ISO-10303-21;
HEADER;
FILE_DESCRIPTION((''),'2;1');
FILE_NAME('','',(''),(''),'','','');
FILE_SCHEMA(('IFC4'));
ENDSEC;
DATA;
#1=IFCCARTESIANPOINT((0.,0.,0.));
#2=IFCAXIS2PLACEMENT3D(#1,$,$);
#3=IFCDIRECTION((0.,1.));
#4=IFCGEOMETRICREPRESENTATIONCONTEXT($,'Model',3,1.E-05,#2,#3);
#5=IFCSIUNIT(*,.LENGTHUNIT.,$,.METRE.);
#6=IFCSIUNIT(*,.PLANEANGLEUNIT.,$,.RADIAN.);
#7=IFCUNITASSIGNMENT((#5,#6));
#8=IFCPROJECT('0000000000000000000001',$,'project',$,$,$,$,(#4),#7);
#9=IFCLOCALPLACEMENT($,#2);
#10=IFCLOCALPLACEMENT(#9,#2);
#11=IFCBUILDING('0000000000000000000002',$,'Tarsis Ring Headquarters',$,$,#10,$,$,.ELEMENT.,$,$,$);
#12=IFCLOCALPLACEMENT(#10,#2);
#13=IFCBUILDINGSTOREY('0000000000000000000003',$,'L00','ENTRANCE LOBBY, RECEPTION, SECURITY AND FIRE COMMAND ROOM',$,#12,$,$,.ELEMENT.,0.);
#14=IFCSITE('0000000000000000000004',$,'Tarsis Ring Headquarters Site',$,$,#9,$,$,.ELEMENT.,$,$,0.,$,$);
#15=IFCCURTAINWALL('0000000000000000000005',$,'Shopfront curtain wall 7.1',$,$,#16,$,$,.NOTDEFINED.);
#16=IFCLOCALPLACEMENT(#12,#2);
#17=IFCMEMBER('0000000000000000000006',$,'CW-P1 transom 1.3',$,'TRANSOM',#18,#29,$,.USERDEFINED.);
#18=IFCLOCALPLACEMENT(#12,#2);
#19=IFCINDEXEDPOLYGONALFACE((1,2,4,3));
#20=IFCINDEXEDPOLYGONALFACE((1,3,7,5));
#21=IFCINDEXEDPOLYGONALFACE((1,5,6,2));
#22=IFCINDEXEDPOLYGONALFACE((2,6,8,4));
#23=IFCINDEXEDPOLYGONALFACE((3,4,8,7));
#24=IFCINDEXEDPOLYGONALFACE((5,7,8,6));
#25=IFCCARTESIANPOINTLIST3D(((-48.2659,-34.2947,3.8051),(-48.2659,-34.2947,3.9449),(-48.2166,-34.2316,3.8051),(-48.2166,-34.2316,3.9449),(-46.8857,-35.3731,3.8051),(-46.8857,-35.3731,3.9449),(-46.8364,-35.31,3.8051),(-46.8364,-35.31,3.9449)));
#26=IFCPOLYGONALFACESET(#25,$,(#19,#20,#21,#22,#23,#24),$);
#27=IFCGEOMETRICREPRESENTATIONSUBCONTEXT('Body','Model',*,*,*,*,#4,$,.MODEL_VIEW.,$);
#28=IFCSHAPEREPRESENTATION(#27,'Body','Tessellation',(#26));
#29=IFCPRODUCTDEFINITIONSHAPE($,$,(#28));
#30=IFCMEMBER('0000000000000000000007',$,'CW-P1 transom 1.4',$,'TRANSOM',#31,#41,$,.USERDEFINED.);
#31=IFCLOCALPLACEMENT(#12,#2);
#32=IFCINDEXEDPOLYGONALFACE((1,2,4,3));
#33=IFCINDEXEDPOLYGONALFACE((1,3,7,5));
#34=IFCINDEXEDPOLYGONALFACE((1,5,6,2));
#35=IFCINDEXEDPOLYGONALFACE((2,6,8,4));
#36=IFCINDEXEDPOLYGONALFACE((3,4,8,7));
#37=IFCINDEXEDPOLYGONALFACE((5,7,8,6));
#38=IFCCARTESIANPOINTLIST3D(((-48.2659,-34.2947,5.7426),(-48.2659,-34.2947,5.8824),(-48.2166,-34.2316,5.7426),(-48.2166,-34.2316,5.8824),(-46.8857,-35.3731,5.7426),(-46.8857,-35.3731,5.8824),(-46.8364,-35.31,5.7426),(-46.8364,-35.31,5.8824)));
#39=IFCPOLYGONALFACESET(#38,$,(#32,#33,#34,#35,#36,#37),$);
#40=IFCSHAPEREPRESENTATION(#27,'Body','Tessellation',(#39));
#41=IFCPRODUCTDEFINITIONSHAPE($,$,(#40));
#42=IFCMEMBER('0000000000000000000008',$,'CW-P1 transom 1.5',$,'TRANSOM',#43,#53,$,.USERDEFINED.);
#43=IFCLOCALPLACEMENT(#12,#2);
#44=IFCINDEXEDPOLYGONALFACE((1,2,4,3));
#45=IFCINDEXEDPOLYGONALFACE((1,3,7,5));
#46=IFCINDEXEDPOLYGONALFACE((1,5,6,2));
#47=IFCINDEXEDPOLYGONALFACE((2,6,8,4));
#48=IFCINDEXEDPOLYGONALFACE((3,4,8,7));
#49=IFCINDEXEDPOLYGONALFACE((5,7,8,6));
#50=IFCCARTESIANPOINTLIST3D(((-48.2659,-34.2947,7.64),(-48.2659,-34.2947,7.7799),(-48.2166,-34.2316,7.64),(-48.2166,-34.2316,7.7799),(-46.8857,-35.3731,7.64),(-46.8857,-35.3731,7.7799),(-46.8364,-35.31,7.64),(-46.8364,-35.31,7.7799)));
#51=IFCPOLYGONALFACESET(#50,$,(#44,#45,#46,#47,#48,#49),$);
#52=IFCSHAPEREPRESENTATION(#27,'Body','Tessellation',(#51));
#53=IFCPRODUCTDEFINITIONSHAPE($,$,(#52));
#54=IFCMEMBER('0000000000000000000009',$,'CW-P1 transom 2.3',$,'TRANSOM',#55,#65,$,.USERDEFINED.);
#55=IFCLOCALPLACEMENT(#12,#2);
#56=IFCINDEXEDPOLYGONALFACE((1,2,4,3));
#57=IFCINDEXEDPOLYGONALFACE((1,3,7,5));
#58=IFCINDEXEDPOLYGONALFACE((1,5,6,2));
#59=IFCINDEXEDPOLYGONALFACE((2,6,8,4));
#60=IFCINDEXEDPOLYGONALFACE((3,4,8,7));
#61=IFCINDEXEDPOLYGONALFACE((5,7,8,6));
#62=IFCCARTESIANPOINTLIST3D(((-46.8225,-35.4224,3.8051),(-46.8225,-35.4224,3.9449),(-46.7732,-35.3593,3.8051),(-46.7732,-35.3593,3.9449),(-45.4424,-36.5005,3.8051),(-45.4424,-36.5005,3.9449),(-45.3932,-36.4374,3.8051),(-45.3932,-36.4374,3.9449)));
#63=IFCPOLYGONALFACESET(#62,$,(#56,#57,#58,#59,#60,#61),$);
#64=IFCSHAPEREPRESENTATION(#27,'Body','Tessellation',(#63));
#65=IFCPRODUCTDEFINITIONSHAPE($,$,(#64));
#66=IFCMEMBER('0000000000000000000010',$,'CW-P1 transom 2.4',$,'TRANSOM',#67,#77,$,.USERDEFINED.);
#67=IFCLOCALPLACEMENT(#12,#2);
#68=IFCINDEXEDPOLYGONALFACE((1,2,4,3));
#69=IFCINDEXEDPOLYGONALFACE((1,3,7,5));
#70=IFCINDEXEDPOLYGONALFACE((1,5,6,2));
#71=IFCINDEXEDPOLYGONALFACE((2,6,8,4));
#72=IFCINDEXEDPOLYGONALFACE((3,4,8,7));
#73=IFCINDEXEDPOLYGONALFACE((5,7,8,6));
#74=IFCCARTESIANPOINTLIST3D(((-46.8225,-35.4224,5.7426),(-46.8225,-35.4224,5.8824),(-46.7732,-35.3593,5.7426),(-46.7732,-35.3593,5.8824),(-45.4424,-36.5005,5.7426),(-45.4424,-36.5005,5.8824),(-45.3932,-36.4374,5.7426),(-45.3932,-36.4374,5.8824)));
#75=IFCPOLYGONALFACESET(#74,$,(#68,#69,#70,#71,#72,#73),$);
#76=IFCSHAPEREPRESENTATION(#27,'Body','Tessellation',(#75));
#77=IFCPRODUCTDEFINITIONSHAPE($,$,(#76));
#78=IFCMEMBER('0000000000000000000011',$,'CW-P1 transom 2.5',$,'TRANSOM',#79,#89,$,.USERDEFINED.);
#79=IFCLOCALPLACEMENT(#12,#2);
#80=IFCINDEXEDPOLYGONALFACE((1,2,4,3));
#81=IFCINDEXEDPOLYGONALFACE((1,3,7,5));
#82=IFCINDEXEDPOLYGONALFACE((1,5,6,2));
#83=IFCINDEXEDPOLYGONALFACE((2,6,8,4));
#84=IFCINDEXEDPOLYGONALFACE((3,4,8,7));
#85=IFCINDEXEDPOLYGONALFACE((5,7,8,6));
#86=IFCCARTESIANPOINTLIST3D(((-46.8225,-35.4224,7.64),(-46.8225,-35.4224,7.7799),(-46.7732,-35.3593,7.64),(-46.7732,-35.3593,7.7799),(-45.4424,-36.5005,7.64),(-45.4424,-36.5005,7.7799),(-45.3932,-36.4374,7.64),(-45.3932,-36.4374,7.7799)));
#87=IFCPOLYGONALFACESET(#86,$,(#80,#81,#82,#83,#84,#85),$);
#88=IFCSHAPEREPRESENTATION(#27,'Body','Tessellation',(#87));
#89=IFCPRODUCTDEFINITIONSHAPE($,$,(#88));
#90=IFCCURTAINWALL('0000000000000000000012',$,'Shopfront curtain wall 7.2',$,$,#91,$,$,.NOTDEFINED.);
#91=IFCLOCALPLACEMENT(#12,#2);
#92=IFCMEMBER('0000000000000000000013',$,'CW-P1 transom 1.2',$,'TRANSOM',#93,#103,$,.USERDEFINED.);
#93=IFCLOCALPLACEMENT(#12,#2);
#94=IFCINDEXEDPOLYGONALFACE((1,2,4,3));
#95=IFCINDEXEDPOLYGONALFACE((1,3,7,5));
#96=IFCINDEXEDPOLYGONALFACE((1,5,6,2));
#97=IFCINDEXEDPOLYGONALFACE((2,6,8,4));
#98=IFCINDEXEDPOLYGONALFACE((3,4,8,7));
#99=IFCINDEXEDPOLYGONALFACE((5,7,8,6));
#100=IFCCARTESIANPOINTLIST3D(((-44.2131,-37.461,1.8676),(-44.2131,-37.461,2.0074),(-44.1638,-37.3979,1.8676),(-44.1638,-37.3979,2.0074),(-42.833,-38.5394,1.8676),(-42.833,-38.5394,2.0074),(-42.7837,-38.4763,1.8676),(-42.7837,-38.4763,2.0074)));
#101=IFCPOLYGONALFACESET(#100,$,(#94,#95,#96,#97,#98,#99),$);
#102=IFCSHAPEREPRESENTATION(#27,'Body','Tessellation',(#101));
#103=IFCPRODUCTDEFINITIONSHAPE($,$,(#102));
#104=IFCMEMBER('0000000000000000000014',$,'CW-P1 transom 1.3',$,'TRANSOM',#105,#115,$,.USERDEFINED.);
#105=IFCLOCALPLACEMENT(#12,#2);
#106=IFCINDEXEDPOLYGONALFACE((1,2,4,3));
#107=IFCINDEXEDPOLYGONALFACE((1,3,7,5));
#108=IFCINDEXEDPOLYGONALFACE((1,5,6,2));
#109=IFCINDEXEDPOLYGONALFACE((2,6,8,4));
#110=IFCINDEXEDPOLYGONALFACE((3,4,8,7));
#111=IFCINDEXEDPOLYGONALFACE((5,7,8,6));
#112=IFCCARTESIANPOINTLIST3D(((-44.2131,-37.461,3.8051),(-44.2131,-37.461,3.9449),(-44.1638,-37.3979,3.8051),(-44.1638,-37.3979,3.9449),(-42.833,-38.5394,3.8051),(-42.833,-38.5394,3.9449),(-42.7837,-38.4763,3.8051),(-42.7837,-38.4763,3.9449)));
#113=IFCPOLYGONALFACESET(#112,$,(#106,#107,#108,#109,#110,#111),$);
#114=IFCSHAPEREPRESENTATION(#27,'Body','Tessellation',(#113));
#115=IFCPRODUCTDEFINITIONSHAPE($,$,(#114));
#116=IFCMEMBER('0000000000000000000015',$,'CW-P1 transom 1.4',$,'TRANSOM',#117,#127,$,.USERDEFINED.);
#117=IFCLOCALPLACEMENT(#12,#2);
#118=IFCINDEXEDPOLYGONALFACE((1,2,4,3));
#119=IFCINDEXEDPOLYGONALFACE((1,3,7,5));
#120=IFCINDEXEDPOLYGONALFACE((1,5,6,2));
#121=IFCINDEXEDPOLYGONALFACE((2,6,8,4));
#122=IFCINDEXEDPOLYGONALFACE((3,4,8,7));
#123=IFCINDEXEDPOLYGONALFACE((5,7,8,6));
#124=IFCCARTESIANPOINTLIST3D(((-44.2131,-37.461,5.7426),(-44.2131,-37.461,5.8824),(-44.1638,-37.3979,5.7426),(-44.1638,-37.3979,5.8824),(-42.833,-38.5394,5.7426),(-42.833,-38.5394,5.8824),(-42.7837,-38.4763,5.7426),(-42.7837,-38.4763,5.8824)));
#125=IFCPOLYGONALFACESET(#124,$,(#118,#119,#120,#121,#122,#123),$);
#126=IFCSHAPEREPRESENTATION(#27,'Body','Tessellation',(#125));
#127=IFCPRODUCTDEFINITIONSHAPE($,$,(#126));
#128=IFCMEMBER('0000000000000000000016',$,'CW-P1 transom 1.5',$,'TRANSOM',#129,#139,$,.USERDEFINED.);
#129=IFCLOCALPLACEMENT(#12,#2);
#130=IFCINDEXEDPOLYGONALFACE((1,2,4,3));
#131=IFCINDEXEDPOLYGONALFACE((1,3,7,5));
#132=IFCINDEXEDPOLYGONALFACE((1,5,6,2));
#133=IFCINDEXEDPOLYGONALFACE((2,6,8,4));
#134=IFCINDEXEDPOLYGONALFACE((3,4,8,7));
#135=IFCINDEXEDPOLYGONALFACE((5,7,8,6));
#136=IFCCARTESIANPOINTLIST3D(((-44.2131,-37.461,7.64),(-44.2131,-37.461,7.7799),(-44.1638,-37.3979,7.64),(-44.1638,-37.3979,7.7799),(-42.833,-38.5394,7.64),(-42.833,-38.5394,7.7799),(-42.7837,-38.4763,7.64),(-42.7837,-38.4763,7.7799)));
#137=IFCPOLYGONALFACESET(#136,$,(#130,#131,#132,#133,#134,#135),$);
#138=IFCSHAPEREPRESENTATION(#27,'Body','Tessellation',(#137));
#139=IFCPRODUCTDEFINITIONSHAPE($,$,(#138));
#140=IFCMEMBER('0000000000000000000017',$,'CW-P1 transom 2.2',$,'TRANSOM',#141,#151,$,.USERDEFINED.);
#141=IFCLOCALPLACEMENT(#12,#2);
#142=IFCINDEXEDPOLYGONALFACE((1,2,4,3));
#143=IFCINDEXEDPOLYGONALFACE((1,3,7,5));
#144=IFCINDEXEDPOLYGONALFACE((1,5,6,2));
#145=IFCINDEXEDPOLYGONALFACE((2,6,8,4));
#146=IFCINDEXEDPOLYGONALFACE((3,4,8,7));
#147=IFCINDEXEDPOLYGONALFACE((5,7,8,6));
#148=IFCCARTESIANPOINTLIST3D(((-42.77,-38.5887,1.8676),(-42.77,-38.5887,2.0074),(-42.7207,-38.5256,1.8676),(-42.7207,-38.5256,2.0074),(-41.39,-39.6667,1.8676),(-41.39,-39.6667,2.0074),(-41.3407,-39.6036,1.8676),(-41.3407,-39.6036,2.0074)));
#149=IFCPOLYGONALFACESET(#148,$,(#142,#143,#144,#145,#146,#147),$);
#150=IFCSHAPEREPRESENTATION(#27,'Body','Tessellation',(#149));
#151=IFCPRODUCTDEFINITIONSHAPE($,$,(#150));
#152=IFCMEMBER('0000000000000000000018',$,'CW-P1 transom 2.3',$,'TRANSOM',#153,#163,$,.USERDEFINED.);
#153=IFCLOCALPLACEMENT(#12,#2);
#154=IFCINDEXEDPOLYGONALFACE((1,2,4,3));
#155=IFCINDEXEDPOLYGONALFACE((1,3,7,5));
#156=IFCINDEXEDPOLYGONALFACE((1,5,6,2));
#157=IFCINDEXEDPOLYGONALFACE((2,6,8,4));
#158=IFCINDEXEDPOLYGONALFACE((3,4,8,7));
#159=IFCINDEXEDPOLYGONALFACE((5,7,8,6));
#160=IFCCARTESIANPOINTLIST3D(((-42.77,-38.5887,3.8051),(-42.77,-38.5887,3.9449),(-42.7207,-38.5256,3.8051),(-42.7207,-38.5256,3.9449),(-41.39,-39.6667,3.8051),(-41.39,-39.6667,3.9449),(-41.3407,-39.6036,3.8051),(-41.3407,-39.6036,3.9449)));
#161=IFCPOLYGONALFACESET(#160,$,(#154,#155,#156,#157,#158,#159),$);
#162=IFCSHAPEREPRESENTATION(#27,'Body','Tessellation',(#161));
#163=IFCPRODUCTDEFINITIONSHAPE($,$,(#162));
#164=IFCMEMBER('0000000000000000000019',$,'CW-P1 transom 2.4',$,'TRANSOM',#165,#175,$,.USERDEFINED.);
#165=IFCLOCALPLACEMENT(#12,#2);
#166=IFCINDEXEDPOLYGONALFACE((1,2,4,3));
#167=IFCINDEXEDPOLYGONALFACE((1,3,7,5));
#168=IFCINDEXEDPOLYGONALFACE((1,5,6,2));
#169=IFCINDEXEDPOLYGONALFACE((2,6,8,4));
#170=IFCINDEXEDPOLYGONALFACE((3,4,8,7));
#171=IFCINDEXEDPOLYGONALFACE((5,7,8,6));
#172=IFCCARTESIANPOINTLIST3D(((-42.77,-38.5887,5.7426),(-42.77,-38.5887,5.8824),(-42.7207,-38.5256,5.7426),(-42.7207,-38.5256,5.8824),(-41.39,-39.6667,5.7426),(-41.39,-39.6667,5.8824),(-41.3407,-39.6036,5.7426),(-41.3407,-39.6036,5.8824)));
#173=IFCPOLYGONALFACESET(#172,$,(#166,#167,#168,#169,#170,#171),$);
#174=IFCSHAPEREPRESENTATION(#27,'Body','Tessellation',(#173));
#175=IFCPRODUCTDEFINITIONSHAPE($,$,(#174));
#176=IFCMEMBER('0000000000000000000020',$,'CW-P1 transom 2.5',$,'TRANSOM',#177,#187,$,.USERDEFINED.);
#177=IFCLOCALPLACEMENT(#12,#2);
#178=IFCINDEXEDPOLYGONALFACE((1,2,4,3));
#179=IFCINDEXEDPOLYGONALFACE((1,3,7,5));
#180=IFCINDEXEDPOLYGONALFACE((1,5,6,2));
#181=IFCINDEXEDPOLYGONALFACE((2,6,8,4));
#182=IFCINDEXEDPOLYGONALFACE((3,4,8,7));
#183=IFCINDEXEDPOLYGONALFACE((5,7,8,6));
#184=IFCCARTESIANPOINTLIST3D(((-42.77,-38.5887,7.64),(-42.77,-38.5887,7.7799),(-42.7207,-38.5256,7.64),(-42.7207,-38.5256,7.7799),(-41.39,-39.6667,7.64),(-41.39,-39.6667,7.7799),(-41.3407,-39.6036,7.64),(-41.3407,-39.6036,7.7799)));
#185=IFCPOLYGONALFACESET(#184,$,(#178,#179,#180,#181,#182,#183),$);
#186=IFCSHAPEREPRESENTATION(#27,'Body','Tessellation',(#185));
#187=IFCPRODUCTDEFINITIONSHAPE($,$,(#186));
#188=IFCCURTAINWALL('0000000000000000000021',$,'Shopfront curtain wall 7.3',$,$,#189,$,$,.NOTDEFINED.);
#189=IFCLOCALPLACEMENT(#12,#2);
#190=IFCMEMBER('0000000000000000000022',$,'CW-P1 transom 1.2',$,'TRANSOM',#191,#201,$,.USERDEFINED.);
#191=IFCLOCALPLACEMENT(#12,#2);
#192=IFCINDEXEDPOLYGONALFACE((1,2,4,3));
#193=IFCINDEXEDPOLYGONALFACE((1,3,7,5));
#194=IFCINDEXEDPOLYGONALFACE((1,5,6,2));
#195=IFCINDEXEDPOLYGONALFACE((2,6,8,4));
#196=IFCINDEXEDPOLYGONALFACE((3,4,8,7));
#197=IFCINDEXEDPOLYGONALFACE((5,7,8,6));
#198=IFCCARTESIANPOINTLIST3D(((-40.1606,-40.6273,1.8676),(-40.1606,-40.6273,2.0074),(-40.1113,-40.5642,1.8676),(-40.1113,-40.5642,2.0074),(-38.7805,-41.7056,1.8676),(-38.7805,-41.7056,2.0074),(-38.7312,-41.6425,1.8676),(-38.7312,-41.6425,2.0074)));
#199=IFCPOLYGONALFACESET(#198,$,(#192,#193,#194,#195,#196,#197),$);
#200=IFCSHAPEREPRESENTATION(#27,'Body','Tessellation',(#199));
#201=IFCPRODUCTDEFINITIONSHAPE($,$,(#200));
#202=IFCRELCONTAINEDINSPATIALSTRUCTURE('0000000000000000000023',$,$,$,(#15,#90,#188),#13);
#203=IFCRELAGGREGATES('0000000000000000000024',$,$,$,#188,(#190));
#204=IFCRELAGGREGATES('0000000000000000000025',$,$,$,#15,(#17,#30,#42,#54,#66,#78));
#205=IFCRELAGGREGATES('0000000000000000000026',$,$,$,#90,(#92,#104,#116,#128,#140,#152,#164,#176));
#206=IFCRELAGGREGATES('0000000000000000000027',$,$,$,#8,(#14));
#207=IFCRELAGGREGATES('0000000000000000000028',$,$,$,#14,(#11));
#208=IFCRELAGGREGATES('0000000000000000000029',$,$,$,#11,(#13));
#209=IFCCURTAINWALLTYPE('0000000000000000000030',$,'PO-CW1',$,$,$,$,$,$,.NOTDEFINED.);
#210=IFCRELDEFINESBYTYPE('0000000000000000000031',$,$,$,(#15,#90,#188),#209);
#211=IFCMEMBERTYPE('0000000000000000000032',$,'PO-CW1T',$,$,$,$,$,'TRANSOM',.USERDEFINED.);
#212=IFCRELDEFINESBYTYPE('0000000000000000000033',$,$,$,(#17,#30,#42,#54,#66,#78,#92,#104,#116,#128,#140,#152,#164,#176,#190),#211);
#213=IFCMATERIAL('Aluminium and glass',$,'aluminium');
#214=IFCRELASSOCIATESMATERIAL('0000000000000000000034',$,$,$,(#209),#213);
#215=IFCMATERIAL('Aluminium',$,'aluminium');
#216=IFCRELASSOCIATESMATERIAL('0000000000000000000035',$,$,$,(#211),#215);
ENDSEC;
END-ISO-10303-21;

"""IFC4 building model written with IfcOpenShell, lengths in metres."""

from ifc_helpers import new_model, si_unit, direction, frame, origin, origin_2d, place, context, subcontext, project, spatial, rectangle, extrude, material, material_profile, profile_set, type_object, element, aggregate, save


model = new_model("IFC4")

# Units and contexts
model_context = context("Model", 3, precision=1e-05, world=origin(), true_north=direction((0.0, 1.0)))
body_context = subcontext(model_context, "Body", "Model", "MODEL_VIEW")
ifc_project = project(units=[si_unit("LENGTHUNIT", "METRE"), si_unit("PLANEANGLEUNIT", "RADIAN")], contexts=[model_context])

# Site, building, storey
site_placement = place(None, origin())
site = spatial("IfcSite", under=ifc_project, at=site_placement, Name="Tarsis Ring Headquarters Site", CompositionType="ELEMENT", RefElevation=0.0)
building_placement = place(site_placement, origin())
building = spatial("IfcBuilding", under=site, at=building_placement, Name="Tarsis Ring Headquarters", CompositionType="ELEMENT")
storey_placement = place(building_placement, origin())
storey = spatial("IfcBuildingStorey", under=building, at=storey_placement, Name="L00", Description="ENTRANCE LOBBY, RECEPTION, SECURITY AND FIRE COMMAND ROOM", CompositionType="ELEMENT", Elevation=0.0)

# Curtain walls, members
ifc_material_1 = material(Name="Aluminium and glass", Category="aluminium")
curtain_wall_type = type_object("IfcCurtainWallType", Name="PO-CW1", PredefinedType="NOTDEFINED", material=ifc_material_1)
curtain_wall_1_placement = place(storey_placement, origin())
curtain_wall_1 = element("IfcCurtainWall", 1, at=curtain_wall_1_placement, inside=storey, type_object=curtain_wall_type, Name="Shopfront curtain wall 7.1", PredefinedType="NOTDEFINED")
ifc_material_2 = material(Name="Aluminium", Category="aluminium")
ifc_material_profile = material_profile(ifc_material_2, rectangle(XDim=0.0801, YDim=0.1399, at=origin_2d()), Name="PO-CW1T")
ifc_profile_set = profile_set([ifc_material_profile], Name="Aluminium")
member_type = type_object("IfcMemberType", Name="PO-CW1T", ElementType="TRANSOM", PredefinedType="USERDEFINED", material=ifc_profile_set)
member_1_placement = place(storey_placement, frame((-48.2412, -34.2632, 3.875), z_axis=(0.787984, -0.615695, 0.0), x_axis=(0.615695, 0.787984, 0.0)))
member_1 = element("IfcMember", 2, at=member_1_placement, type_object=member_type, Name="CW-P1 transom 1.3", ObjectType="TRANSOM", PredefinedType="USERDEFINED", context=body_context, shape_type="SweptSolid", body=[
    extrude(rectangle(XDim=0.0801, YDim=0.1399, at=origin_2d()), origin(), (0.0, 0.0, 1.0), 1.7515),
])
member_2_placement = place(storey_placement, frame((-48.2412, -34.2632, 5.8125), z_axis=(0.787984, -0.615695, 0.0), x_axis=(0.615695, 0.787984, 0.0)))
member_2 = element("IfcMember", 3, at=member_2_placement, type_object=member_type, Name="CW-P1 transom 1.4", ObjectType="TRANSOM", PredefinedType="USERDEFINED", context=body_context, shape_type="SweptSolid", body=[
    extrude(rectangle(XDim=0.0801, YDim=0.1399, at=origin_2d()), origin(), (0.0, 0.0, 1.0), 1.7515),
])
member_3_placement = place(storey_placement, frame((-48.2412, -34.2632, 7.71), z_axis=(0.787984, -0.615695, 0.0), x_axis=(0.615695, 0.787984, 0.0)))
member_3 = element("IfcMember", 4, at=member_3_placement, type_object=member_type, Name="CW-P1 transom 1.5", ObjectType="TRANSOM", PredefinedType="USERDEFINED", context=body_context, shape_type="SweptSolid", body=[
    extrude(rectangle(XDim=0.0801, YDim=0.1399, at=origin_2d()), origin(), (0.0, 0.0, 1.0), 1.7515),
])
member_4_placement = place(storey_placement, frame((-46.7979, -35.3909, 3.875), z_axis=(0.788052, -0.615609, 0.0), x_axis=(0.615609, 0.788052, 0.0)))
member_4 = element("IfcMember", 5, at=member_4_placement, type_object=member_type, Name="CW-P1 transom 2.3", ObjectType="TRANSOM", PredefinedType="USERDEFINED", context=body_context, shape_type="SweptSolid", body=[
    extrude(rectangle(XDim=0.0801, YDim=0.1399, at=origin_2d()), origin(), (0.0, 0.0, 1.0), 1.7512),
])
member_5_placement = place(storey_placement, frame((-46.7979, -35.3909, 5.8125), z_axis=(0.788052, -0.615609, 0.0), x_axis=(0.615609, 0.788052, 0.0)))
member_5 = element("IfcMember", 6, at=member_5_placement, type_object=member_type, Name="CW-P1 transom 2.4", ObjectType="TRANSOM", PredefinedType="USERDEFINED", context=body_context, shape_type="SweptSolid", body=[
    extrude(rectangle(XDim=0.0801, YDim=0.1399, at=origin_2d()), origin(), (0.0, 0.0, 1.0), 1.7512),
])
member_6_placement = place(storey_placement, frame((-46.7979, -35.3909, 7.71), z_axis=(0.788052, -0.615609, 0.0), x_axis=(0.615609, 0.788052, 0.0)))
member_6 = element("IfcMember", 7, at=member_6_placement, type_object=member_type, Name="CW-P1 transom 2.5", ObjectType="TRANSOM", PredefinedType="USERDEFINED", context=body_context, shape_type="SweptSolid", body=[
    extrude(rectangle(XDim=0.0801, YDim=0.1399, at=origin_2d()), origin(), (0.0, 0.0, 1.0), 1.7512),
])
curtain_wall_2_placement = place(storey_placement, origin())
curtain_wall_2 = element("IfcCurtainWall", 8, at=curtain_wall_2_placement, inside=storey, type_object=curtain_wall_type, Name="Shopfront curtain wall 7.2", PredefinedType="NOTDEFINED")
member_7_placement = place(storey_placement, frame((-44.1885, -37.4294, 1.9375), z_axis=(0.787984, -0.615695, 0.0), x_axis=(0.615695, 0.787984, 0.0)))
member_7 = element("IfcMember", 9, at=member_7_placement, type_object=member_type, Name="CW-P1 transom 1.2", ObjectType="TRANSOM", PredefinedType="USERDEFINED", context=body_context, shape_type="SweptSolid", body=[
    extrude(rectangle(XDim=0.0801, YDim=0.1399, at=origin_2d()), origin(), (0.0, 0.0, 1.0), 1.7515),
])
member_8_placement = place(storey_placement, frame((-44.1885, -37.4294, 3.875), z_axis=(0.787984, -0.615695, 0.0), x_axis=(0.615695, 0.787984, 0.0)))
member_8 = element("IfcMember", 10, at=member_8_placement, type_object=member_type, Name="CW-P1 transom 1.3", ObjectType="TRANSOM", PredefinedType="USERDEFINED", context=body_context, shape_type="SweptSolid", body=[
    extrude(rectangle(XDim=0.0801, YDim=0.1399, at=origin_2d()), origin(), (0.0, 0.0, 1.0), 1.7515),
])
member_9_placement = place(storey_placement, frame((-44.1885, -37.4294, 5.8125), z_axis=(0.787984, -0.615695, 0.0), x_axis=(0.615695, 0.787984, 0.0)))
member_9 = element("IfcMember", 11, at=member_9_placement, type_object=member_type, Name="CW-P1 transom 1.4", ObjectType="TRANSOM", PredefinedType="USERDEFINED", context=body_context, shape_type="SweptSolid", body=[
    extrude(rectangle(XDim=0.0801, YDim=0.1399, at=origin_2d()), origin(), (0.0, 0.0, 1.0), 1.7515),
])
member_10_placement = place(storey_placement, frame((-44.1885, -37.4294, 7.71), z_axis=(0.787984, -0.615695, 0.0), x_axis=(0.615695, 0.787984, 0.0)))
member_10 = element("IfcMember", 12, at=member_10_placement, type_object=member_type, Name="CW-P1 transom 1.5", ObjectType="TRANSOM", PredefinedType="USERDEFINED", context=body_context, shape_type="SweptSolid", body=[
    extrude(rectangle(XDim=0.0801, YDim=0.1399, at=origin_2d()), origin(), (0.0, 0.0, 1.0), 1.7515),
])
member_11_placement = place(storey_placement, frame((-42.7454, -38.5571, 1.9375), z_axis=(0.788052, -0.615609, 0.0), x_axis=(0.615609, 0.788052, 0.0)))
member_11 = element("IfcMember", 13, at=member_11_placement, type_object=member_type, Name="CW-P1 transom 2.2", ObjectType="TRANSOM", PredefinedType="USERDEFINED", context=body_context, shape_type="SweptSolid", body=[
    extrude(rectangle(XDim=0.0801, YDim=0.1399, at=origin_2d()), origin(), (0.0, 0.0, 1.0), 1.7512),
])
member_12_placement = place(storey_placement, frame((-42.7454, -38.5571, 3.875), z_axis=(0.788052, -0.615609, 0.0), x_axis=(0.615609, 0.788052, 0.0)))
member_12 = element("IfcMember", 14, at=member_12_placement, type_object=member_type, Name="CW-P1 transom 2.3", ObjectType="TRANSOM", PredefinedType="USERDEFINED", context=body_context, shape_type="SweptSolid", body=[
    extrude(rectangle(XDim=0.0801, YDim=0.1399, at=origin_2d()), origin(), (0.0, 0.0, 1.0), 1.7512),
])
member_13_placement = place(storey_placement, frame((-42.7454, -38.5571, 5.8125), z_axis=(0.788052, -0.615609, 0.0), x_axis=(0.615609, 0.788052, 0.0)))
member_13 = element("IfcMember", 15, at=member_13_placement, type_object=member_type, Name="CW-P1 transom 2.4", ObjectType="TRANSOM", PredefinedType="USERDEFINED", context=body_context, shape_type="SweptSolid", body=[
    extrude(rectangle(XDim=0.0801, YDim=0.1399, at=origin_2d()), origin(), (0.0, 0.0, 1.0), 1.7512),
])
member_14_placement = place(storey_placement, frame((-42.7454, -38.5571, 7.71), z_axis=(0.788052, -0.615609, 0.0), x_axis=(0.615609, 0.788052, 0.0)))
member_14 = element("IfcMember", 16, at=member_14_placement, type_object=member_type, Name="CW-P1 transom 2.5", ObjectType="TRANSOM", PredefinedType="USERDEFINED", context=body_context, shape_type="SweptSolid", body=[
    extrude(rectangle(XDim=0.0801, YDim=0.1399, at=origin_2d()), origin(), (0.0, 0.0, 1.0), 1.7512),
])
curtain_wall_3_placement = place(storey_placement, origin())
curtain_wall_3 = element("IfcCurtainWall", 17, at=curtain_wall_3_placement, inside=storey, type_object=curtain_wall_type, Name="Shopfront curtain wall 7.3", PredefinedType="NOTDEFINED")
member_15_placement = place(storey_placement, frame((-40.136, -40.5957, 1.9375), z_axis=(0.787984, -0.615695, 0.0), x_axis=(0.615695, 0.787984, 0.0)))
member_15 = element("IfcMember", 18, at=member_15_placement, type_object=member_type, Name="CW-P1 transom 1.2", ObjectType="TRANSOM", PredefinedType="USERDEFINED", context=body_context, shape_type="SweptSolid", body=[
    extrude(rectangle(XDim=0.0801, YDim=0.1399, at=origin_2d()), origin(), (0.0, 0.0, 1.0), 1.7515),
])
aggregate(curtain_wall_3, [member_15])

aggregate(curtain_wall_1, [member_1, member_2, member_3, member_4, member_5, member_6])
aggregate(curtain_wall_2, [member_7, member_8, member_9, member_10, member_11, member_12, member_13, member_14])

save(model, "model.ifc")
